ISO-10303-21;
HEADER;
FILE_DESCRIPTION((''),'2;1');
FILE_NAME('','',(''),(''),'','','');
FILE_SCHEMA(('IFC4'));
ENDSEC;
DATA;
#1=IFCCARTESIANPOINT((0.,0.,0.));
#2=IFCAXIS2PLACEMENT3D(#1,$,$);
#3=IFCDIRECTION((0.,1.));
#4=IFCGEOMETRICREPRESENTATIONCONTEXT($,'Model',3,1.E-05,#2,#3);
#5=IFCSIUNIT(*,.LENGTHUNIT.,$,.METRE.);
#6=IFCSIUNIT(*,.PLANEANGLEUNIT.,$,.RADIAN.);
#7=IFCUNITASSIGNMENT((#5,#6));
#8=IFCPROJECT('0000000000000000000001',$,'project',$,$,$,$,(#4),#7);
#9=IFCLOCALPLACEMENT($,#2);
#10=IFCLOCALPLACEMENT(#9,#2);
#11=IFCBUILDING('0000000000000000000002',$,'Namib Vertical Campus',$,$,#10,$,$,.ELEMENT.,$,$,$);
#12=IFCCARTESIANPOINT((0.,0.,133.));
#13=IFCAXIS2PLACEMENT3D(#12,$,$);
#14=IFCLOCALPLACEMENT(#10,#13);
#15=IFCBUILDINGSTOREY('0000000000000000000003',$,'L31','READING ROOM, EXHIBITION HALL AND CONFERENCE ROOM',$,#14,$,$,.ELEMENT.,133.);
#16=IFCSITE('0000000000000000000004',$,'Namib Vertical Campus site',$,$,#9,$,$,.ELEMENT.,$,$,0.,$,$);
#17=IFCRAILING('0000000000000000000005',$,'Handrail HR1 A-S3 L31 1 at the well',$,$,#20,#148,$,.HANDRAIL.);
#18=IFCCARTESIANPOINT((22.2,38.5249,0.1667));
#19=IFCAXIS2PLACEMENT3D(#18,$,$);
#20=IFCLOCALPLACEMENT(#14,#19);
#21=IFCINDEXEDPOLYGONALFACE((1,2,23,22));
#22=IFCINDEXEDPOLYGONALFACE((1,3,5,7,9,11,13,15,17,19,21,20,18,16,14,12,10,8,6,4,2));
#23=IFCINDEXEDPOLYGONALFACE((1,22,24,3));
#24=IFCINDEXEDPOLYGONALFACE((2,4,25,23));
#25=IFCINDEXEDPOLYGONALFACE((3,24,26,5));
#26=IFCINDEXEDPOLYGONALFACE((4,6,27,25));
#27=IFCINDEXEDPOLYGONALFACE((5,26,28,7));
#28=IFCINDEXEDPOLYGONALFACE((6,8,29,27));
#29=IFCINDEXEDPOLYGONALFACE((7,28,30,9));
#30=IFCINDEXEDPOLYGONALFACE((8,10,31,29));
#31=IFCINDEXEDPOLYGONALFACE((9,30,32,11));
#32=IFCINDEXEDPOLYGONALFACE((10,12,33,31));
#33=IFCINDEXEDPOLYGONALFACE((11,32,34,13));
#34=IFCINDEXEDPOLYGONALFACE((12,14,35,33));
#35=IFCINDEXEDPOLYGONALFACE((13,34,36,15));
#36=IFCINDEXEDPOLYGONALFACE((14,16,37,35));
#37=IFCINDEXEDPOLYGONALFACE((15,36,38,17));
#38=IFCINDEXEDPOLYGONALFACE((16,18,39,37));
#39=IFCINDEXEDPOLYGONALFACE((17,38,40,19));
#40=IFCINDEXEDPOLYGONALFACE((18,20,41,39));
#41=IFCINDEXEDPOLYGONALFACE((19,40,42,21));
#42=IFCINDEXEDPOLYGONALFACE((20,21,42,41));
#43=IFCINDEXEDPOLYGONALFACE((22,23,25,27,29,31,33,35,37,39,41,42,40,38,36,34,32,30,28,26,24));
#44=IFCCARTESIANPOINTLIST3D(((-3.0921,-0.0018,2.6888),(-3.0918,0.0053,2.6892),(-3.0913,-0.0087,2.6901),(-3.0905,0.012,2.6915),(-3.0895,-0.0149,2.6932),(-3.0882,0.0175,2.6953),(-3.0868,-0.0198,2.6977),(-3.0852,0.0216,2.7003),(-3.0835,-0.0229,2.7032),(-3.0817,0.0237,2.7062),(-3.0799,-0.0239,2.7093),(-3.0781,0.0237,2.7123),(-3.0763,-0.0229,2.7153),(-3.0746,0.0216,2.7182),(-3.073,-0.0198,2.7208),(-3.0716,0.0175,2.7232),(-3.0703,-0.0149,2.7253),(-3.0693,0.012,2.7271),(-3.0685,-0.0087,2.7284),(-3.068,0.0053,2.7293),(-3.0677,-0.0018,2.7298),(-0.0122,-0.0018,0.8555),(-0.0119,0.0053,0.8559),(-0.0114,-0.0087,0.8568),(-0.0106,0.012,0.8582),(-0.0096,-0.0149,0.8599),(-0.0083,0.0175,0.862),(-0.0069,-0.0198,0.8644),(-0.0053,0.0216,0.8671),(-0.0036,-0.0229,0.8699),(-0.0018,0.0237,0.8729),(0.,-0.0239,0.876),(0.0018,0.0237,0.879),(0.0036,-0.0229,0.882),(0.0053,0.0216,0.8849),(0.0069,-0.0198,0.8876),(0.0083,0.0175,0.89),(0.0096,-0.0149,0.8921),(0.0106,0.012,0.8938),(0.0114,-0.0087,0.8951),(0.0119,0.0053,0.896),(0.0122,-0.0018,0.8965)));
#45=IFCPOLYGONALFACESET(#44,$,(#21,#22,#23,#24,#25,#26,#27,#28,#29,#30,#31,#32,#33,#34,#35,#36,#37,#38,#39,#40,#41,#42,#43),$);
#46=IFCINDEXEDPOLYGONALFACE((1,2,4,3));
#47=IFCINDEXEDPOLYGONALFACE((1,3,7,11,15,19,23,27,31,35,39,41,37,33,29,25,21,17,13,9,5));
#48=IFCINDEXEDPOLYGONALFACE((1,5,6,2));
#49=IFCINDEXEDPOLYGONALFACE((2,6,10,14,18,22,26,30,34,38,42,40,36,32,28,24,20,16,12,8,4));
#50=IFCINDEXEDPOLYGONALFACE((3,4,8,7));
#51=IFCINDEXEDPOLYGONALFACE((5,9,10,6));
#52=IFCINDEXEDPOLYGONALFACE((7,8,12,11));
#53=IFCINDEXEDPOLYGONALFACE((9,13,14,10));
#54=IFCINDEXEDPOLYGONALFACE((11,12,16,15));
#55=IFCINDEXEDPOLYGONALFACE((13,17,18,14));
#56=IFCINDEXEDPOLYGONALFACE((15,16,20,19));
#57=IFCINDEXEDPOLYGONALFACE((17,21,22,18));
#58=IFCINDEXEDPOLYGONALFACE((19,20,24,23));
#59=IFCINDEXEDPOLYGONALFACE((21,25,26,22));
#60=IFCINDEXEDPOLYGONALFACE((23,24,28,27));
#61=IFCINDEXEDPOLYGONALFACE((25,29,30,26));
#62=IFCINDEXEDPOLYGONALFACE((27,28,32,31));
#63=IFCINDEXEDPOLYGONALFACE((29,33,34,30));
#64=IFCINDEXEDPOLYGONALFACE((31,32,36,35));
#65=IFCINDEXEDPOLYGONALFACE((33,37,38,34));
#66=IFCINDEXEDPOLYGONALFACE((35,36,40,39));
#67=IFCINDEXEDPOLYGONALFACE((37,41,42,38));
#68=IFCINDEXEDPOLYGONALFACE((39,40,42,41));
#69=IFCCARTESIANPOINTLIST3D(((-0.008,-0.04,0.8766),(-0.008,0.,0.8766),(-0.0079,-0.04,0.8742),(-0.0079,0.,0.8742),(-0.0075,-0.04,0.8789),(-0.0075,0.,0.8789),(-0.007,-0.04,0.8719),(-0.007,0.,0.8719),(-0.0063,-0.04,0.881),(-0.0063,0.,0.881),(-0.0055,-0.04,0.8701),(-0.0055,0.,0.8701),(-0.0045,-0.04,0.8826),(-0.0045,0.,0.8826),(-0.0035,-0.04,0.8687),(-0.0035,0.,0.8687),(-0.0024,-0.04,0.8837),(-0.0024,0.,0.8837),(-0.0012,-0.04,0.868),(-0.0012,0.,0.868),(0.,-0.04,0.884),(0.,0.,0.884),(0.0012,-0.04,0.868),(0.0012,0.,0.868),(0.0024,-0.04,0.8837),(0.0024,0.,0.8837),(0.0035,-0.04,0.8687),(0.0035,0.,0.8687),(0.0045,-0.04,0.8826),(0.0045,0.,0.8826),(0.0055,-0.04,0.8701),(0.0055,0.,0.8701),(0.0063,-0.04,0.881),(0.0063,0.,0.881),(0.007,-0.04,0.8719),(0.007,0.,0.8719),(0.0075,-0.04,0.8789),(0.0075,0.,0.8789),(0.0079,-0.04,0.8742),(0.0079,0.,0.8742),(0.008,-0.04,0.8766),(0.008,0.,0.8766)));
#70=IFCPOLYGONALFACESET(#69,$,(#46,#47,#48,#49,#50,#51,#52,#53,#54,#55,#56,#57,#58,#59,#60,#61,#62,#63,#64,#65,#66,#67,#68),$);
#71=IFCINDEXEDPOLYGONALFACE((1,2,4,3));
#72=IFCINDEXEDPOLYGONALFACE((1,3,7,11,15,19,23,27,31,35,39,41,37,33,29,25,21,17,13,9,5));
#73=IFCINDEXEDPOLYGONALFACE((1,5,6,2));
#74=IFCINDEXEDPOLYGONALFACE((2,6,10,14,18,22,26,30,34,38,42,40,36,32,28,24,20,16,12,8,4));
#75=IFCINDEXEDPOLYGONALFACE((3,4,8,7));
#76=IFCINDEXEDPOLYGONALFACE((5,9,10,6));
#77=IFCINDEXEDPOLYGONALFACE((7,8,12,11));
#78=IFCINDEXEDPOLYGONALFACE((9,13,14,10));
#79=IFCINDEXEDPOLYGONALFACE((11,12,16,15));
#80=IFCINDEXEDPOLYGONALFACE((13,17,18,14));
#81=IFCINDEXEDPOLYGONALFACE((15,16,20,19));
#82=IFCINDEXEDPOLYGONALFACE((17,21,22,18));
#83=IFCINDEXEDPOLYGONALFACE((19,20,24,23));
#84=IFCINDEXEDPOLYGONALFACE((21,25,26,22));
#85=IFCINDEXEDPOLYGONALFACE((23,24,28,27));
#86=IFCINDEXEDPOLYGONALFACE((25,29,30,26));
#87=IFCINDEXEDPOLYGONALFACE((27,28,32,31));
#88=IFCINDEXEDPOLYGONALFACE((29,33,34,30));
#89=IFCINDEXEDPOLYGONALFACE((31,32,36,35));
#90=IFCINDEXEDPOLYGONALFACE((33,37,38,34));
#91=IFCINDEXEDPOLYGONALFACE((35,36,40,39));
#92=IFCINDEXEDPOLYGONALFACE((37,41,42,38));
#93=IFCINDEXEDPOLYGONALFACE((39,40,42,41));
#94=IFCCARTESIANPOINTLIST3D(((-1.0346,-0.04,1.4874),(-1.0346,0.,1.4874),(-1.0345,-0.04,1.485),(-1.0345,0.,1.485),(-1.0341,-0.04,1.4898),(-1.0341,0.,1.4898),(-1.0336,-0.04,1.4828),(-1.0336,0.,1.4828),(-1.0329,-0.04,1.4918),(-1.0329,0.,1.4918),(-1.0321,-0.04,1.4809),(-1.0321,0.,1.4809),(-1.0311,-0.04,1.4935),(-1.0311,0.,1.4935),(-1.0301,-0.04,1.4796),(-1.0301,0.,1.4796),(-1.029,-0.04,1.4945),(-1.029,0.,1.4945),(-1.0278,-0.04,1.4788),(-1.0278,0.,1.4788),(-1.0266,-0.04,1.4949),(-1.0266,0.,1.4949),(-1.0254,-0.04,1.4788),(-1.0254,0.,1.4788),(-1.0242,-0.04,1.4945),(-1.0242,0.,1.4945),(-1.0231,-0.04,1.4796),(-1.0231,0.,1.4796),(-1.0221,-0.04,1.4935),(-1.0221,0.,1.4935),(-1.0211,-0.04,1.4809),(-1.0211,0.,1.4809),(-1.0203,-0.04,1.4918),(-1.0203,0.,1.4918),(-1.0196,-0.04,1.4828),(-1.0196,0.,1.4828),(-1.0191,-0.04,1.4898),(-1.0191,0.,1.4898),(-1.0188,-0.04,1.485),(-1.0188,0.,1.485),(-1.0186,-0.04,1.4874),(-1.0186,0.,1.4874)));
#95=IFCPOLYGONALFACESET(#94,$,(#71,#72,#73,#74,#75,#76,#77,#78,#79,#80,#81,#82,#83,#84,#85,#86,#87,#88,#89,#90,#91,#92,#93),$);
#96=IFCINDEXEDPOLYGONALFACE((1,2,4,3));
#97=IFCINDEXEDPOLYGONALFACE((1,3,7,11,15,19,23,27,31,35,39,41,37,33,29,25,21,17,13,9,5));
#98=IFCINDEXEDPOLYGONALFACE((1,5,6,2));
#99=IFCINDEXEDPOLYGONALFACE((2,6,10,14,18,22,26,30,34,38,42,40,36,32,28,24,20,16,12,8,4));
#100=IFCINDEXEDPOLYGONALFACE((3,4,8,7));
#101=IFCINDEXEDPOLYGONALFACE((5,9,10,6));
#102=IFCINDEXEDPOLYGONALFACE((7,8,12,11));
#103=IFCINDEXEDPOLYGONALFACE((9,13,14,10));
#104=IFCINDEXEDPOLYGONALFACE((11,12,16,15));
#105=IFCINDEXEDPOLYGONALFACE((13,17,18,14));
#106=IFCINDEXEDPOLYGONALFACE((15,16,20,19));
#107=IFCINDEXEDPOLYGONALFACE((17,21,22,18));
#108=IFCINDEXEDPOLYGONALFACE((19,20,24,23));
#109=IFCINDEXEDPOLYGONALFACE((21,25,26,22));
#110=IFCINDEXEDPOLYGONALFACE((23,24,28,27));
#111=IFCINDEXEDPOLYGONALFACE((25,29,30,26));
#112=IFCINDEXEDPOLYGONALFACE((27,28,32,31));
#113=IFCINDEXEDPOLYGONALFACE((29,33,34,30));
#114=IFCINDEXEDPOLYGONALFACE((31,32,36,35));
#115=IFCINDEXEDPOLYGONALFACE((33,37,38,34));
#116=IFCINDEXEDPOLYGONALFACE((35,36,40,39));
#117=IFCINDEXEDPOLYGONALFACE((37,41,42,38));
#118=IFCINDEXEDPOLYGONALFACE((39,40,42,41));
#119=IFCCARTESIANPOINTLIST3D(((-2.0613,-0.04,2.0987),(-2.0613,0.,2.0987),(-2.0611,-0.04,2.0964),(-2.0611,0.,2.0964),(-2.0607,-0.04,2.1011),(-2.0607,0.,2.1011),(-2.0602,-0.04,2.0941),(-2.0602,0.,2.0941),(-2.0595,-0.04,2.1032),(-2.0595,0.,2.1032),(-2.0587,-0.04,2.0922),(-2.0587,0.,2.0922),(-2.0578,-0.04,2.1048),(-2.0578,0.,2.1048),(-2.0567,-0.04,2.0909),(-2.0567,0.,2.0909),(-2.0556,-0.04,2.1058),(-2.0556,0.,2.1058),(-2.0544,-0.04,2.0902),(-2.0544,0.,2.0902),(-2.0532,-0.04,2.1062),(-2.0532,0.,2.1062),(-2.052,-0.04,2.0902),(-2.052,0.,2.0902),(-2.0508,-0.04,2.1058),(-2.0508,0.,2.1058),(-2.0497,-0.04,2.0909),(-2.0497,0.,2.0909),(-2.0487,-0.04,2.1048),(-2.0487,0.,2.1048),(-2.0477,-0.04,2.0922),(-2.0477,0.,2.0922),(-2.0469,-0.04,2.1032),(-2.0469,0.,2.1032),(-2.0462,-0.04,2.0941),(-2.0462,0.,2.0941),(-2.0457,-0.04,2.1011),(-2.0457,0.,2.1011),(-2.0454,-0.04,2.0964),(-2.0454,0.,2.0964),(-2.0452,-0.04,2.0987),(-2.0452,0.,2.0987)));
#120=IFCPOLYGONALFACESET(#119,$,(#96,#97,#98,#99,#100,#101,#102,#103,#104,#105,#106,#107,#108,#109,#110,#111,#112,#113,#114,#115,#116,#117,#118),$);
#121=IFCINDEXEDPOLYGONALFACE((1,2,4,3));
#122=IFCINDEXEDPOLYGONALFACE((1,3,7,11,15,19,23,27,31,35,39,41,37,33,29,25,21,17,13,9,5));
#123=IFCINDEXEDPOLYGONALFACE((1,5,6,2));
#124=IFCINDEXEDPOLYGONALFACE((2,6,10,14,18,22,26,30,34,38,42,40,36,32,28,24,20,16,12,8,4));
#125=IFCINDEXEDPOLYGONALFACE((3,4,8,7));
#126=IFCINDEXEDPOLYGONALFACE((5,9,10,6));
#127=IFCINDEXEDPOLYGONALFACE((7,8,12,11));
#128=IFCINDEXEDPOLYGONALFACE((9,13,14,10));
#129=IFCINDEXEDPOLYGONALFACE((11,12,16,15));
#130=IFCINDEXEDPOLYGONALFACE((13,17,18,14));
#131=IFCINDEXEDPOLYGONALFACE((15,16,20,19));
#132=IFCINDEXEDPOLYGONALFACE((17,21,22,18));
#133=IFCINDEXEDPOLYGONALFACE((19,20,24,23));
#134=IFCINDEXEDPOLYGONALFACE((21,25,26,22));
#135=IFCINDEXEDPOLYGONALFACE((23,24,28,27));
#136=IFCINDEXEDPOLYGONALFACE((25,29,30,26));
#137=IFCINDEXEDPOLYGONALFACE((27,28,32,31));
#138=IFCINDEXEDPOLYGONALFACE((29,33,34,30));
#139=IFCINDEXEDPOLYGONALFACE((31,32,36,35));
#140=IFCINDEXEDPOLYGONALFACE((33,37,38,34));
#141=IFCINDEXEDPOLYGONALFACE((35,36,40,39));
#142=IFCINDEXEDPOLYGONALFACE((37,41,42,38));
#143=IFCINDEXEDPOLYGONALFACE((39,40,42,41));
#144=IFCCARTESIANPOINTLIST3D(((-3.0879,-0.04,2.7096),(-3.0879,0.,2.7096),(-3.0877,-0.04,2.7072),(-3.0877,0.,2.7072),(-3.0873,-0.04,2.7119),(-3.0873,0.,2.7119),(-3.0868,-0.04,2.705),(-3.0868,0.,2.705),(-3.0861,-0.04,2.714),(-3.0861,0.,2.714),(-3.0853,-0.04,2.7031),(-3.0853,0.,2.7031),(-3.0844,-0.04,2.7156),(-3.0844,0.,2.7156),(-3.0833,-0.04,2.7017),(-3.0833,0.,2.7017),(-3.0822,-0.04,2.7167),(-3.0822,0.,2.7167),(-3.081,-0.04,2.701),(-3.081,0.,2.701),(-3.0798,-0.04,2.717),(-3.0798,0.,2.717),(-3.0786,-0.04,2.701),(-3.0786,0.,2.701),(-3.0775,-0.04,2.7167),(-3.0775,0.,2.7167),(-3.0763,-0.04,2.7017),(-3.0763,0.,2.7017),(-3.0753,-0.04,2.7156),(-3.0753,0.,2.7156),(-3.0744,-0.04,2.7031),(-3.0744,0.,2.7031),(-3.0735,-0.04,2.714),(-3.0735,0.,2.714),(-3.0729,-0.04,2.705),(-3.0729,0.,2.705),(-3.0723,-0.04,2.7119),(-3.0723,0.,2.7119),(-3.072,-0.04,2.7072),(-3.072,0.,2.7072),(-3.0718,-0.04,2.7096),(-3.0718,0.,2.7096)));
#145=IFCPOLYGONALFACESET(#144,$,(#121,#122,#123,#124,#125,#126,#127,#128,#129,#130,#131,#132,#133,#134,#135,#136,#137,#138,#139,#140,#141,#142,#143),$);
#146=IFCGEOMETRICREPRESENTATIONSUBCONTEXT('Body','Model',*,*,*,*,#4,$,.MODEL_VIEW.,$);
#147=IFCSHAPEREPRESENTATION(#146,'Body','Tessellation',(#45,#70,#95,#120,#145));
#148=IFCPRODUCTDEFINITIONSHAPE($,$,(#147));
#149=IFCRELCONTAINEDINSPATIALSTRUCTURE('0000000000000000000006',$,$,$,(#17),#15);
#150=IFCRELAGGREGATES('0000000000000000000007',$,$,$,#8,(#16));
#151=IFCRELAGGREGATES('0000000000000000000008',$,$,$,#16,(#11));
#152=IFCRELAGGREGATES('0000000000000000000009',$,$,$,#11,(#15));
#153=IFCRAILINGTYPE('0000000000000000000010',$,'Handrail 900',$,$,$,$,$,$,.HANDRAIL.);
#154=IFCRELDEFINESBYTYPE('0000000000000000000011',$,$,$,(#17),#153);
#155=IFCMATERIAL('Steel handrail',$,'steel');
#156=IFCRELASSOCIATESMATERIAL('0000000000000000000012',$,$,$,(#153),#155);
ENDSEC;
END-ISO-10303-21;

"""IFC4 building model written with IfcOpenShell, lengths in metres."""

from ifc_helpers import new_model, si_unit, direction, frame, origin, origin_2d, place, context, subcontext, project, spatial, circle, extrude, material, type_object, element, save


model = new_model("IFC4")

# Units and contexts
model_context = context("Model", 3, precision=1e-05, world=origin(), true_north=direction((0.0, 1.0)))
body_context = subcontext(model_context, "Body", "Model", "MODEL_VIEW")
ifc_project = project(units=[si_unit("LENGTHUNIT", "METRE"), si_unit("PLANEANGLEUNIT", "RADIAN")], contexts=[model_context])

# Site, building, storey
site_placement = place(None, origin())
site = spatial("IfcSite", under=ifc_project, at=site_placement, Name="Namib Vertical Campus site", CompositionType="ELEMENT", RefElevation=0.0)
building_placement = place(site_placement, origin())
building = spatial("IfcBuilding", under=site, at=building_placement, Name="Namib Vertical Campus", CompositionType="ELEMENT")
storey_placement = place(building_placement, frame((0.0, 0.0, 133.0)))
storey = spatial("IfcBuildingStorey", under=building, at=storey_placement, Name="L31", Description="READING ROOM, EXHIBITION HALL AND CONFERENCE ROOM", CompositionType="ELEMENT", Elevation=133.0)

# Railing
ifc_material_1 = material(Name="Steel handrail", Category="steel")
railing_type_1 = type_object("IfcRailingType", Name="Handrail 900", PredefinedType="HANDRAIL", material=ifc_material_1)
railing_1_placement = place(storey_placement, frame((22.2, 38.5249, 0.1667)))
element("IfcRailing", 1, at=railing_1_placement, inside=storey, type_object=railing_type_1, Name="Handrail HR1 A-S3 L31 1 at the well", PredefinedType="HANDRAIL", context=body_context, shape_type="SweptSolid", body=[
    extrude(circle(Radius=0.0239, at=origin_2d()), frame((0.0, 0.0, 0.876), z_axis=(-0.859291, 0.0, 0.511487), x_axis=(0.0, -1.0, 0.0)), (0.0, 0.0, 1.0), 3.5842),
    extrude(circle(Radius=0.0081, at=origin_2d()), frame((0.0, 0.0, 0.876), z_axis=(0.0, -1.0, 0.0), x_axis=(0.0, 0.0, 1.0)), (0.0, 0.0, 1.0), 0.04),
    extrude(circle(Radius=0.0081, at=origin_2d()), frame((-1.0266, 0.0, 1.4868), z_axis=(0.0, -1.0, 0.0), x_axis=(0.0, 0.0, 1.0)), (0.0, 0.0, 1.0), 0.04),
    extrude(circle(Radius=0.0081, at=origin_2d()), frame((-2.0532, 0.0, 2.0981), z_axis=(0.0, -1.0, 0.0), x_axis=(0.0, 0.0, 1.0)), (0.0, 0.0, 1.0), 0.04),
    extrude(circle(Radius=0.0081, at=origin_2d()), frame((-3.0798, 0.0, 2.709), z_axis=(0.0, -1.0, 0.0), x_axis=(0.0, 0.0, 1.0)), (0.0, 0.0, 1.0), 0.04),
])

save(model, "model.ifc")
